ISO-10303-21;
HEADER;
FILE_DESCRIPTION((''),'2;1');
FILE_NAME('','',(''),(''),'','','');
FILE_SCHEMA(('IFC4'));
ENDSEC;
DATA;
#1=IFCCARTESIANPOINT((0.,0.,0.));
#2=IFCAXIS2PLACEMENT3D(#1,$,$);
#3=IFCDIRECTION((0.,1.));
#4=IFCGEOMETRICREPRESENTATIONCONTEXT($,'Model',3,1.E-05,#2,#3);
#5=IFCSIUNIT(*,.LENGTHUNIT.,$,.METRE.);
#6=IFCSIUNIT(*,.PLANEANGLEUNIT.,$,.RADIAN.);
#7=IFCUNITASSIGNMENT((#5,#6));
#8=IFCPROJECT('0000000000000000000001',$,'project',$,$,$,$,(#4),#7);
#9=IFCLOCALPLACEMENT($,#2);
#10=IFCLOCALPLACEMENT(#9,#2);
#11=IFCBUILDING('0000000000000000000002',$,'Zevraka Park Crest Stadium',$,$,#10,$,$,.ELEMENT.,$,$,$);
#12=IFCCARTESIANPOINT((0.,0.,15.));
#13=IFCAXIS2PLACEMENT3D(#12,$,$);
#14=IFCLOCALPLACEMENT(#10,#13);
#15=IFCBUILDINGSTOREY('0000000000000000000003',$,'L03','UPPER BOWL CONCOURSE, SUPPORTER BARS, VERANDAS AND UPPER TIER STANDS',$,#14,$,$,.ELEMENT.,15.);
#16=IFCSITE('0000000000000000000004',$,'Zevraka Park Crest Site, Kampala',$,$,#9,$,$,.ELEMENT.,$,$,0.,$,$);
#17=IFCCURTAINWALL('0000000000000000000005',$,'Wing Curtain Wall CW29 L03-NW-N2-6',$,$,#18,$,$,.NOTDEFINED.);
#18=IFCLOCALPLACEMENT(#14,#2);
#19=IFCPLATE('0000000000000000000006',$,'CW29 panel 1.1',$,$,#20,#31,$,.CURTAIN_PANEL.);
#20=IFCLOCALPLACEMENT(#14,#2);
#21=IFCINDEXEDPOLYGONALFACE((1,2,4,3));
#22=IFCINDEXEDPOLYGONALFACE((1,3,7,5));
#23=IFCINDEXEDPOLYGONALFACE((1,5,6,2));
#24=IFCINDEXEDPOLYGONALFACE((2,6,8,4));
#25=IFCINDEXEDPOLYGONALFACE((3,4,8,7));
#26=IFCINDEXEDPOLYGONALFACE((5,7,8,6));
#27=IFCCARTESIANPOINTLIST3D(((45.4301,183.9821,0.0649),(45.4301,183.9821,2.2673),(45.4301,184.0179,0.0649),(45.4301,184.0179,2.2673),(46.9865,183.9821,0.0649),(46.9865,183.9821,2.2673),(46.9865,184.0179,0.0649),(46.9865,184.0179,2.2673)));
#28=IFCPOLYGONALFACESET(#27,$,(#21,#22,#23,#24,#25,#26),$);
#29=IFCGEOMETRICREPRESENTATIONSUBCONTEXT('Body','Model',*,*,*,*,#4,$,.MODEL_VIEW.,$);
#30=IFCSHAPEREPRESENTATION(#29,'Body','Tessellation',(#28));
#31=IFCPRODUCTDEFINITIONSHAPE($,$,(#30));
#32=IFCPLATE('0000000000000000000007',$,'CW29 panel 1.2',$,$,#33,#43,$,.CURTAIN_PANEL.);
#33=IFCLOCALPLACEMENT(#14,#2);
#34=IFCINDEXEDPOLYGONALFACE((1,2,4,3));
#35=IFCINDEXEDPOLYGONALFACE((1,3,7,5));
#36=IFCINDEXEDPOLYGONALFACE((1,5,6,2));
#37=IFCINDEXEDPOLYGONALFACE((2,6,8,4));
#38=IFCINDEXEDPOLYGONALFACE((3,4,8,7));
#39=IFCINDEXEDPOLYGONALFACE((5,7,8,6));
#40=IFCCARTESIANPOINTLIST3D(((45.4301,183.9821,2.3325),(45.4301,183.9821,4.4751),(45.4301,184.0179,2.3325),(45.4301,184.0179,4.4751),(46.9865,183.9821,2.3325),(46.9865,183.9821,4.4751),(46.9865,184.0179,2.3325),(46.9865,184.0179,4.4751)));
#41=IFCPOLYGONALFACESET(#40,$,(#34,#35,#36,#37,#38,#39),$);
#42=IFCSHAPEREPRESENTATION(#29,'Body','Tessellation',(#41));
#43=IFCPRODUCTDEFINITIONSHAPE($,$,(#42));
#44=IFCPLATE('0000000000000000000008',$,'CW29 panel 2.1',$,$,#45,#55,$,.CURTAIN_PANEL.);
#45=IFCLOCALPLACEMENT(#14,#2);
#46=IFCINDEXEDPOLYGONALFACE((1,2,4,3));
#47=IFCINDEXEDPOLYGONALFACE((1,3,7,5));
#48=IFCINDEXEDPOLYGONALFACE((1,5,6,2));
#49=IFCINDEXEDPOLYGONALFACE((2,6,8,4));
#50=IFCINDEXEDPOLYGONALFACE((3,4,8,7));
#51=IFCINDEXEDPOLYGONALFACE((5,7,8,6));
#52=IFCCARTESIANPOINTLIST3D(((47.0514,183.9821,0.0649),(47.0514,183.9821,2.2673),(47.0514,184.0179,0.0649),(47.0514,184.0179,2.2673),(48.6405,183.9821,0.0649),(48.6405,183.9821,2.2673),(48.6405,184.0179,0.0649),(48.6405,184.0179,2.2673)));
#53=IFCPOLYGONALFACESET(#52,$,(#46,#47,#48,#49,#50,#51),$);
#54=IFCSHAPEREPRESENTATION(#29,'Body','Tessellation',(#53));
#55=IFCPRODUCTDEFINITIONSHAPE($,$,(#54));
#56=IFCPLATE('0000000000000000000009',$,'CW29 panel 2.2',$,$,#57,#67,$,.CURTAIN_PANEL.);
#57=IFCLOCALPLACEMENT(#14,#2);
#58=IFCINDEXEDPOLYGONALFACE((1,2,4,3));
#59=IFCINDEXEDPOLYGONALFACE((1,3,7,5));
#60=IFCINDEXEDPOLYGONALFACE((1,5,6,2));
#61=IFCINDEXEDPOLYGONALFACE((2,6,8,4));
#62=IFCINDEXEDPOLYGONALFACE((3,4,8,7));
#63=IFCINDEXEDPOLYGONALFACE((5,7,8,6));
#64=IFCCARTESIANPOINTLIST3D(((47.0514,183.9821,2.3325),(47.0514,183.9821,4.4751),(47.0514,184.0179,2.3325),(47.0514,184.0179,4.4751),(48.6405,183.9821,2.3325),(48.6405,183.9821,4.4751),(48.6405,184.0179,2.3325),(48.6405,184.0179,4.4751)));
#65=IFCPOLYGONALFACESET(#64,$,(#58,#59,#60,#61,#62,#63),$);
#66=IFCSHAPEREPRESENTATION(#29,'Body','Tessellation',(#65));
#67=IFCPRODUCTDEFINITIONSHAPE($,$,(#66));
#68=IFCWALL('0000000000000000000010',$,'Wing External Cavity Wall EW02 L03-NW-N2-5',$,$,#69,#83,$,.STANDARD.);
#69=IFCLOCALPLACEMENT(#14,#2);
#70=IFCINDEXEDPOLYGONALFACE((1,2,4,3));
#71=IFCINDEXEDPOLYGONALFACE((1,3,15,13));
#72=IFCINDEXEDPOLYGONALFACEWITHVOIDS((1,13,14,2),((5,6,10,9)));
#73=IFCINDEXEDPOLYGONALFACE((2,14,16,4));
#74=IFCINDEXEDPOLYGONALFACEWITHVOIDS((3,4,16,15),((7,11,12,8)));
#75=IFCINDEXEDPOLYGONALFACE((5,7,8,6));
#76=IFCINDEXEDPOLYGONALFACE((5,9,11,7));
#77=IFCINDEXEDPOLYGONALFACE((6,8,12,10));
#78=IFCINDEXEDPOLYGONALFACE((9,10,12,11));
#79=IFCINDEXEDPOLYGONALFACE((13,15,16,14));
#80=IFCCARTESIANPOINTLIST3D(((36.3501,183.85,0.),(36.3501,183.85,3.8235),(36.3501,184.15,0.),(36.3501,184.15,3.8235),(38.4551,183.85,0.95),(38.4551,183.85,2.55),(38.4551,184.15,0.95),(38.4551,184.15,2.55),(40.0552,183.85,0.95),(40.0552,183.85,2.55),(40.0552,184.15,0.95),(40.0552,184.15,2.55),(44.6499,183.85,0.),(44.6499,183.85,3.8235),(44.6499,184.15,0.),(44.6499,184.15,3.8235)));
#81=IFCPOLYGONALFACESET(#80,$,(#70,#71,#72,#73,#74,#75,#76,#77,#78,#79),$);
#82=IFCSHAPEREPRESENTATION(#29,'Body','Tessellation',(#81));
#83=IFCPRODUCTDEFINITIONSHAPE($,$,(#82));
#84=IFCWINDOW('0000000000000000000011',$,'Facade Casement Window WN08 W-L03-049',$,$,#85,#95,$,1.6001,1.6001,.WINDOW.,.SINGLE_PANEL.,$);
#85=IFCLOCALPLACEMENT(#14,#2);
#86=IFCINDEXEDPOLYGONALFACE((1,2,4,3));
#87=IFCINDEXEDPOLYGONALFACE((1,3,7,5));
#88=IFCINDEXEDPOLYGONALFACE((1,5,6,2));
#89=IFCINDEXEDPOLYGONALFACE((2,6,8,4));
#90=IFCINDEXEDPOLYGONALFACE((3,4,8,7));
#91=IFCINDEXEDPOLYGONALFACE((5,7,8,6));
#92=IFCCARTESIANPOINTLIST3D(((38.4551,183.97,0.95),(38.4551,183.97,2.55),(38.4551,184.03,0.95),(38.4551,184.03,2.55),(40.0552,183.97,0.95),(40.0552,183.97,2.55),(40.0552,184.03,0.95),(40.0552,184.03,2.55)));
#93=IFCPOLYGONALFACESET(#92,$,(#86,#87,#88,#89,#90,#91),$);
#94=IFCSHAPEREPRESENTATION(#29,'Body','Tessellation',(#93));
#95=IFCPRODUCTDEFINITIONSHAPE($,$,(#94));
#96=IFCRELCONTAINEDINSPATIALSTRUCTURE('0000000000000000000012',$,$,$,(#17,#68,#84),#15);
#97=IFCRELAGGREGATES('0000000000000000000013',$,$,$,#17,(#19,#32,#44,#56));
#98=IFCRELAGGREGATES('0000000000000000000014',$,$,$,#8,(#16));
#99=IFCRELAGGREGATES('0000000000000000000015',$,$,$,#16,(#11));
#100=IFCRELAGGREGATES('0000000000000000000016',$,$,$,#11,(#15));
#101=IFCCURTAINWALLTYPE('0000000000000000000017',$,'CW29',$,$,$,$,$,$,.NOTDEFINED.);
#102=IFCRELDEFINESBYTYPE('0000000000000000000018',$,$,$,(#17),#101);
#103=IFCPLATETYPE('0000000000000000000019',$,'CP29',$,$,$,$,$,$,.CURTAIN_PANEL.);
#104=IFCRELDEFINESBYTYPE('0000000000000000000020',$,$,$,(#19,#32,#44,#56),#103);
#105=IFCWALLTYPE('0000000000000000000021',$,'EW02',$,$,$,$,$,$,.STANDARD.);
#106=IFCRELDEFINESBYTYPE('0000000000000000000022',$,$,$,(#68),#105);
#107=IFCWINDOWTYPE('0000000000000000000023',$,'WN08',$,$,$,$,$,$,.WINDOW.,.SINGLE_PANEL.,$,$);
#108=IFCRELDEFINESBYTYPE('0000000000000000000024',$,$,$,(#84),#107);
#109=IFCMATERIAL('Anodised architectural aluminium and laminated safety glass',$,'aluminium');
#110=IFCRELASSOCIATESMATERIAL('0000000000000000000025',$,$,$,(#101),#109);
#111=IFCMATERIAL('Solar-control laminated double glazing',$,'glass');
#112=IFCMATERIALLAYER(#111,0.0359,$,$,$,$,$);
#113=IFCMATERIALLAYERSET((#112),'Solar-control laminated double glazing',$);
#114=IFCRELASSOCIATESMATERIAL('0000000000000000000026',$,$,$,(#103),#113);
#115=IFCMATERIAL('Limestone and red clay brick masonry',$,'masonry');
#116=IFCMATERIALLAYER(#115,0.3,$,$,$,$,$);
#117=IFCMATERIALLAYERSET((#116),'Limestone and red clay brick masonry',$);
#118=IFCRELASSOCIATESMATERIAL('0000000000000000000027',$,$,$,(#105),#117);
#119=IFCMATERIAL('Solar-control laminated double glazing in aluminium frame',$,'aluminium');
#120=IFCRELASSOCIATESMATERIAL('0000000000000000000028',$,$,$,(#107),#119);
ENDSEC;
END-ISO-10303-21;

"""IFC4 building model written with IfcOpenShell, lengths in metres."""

from ifc_helpers import new_model, si_unit, direction, frame, frame_2d, origin, origin_2d, place, context, subcontext, project, spatial, rectangle, extrude, material, layer, layer_set, type_object, element, fill, aggregate, save


model = new_model("IFC4")

# Units and contexts
model_context = context("Model", 3, precision=1e-05, world=origin(), true_north=direction((0.0, 1.0)))
body_context = subcontext(model_context, "Body", "Model", "MODEL_VIEW")
ifc_project = project(units=[si_unit("LENGTHUNIT", "METRE"), si_unit("PLANEANGLEUNIT", "RADIAN")], contexts=[model_context])

# Site, building, storey
site_placement = place(None, origin())
site = spatial("IfcSite", under=ifc_project, at=site_placement, Name="Zevraka Park Crest Site, Kampala", CompositionType="ELEMENT", RefElevation=0.0)
building_placement = place(site_placement, origin())
building = spatial("IfcBuilding", under=site, at=building_placement, Name="Zevraka Park Crest Stadium", CompositionType="ELEMENT")
storey_placement = place(building_placement, frame((0.0, 0.0, 15.0)))
storey = spatial("IfcBuildingStorey", under=building, at=storey_placement, Name="L03", Description="UPPER BOWL CONCOURSE, SUPPORTER BARS, VERANDAS AND UPPER TIER STANDS", CompositionType="ELEMENT", Elevation=15.0)

# Curtain wall, plates
ifc_material_1 = material(Name="Anodised architectural aluminium and laminated safety glass", Category="aluminium")
curtain_wall_type = type_object("IfcCurtainWallType", Name="CW29", PredefinedType="NOTDEFINED", material=ifc_material_1)
curtain_wall_placement = place(storey_placement, origin())
curtain_wall = element("IfcCurtainWall", 1, at=curtain_wall_placement, inside=storey, type_object=curtain_wall_type, Name="Wing Curtain Wall CW29 L03-NW-N2-6", PredefinedType="NOTDEFINED")
ifc_material_2 = material(Name="Solar-control laminated double glazing", Category="glass")
ifc_layer_1 = layer(ifc_material_2, 0.0359)
ifc_layer_set_1 = layer_set([ifc_layer_1], Name="Solar-control laminated double glazing")
plate_type = type_object("IfcPlateType", Name="CP29", PredefinedType="CURTAIN_PANEL", material=ifc_layer_set_1)
plate_1_placement = place(storey_placement, frame((46.2083, 184.0, 0.0649), z_axis=(0.0, 0.0, 1.0), x_axis=(1.0, 0.0, 0.0)))
plate_1 = element("IfcPlate", 2, at=plate_1_placement, type_object=plate_type, Name="CW29 panel 1.1", PredefinedType="CURTAIN_PANEL", context=body_context, shape_type="SweptSolid", body=[
    extrude(rectangle(XDim=1.5564, YDim=0.0359, at=origin_2d()), origin(), (0.0, 0.0, 1.0), 2.2024),
])
plate_2_placement = place(storey_placement, frame((46.2083, 184.0, 2.3325), z_axis=(0.0, 0.0, 1.0), x_axis=(1.0, 0.0, 0.0)))
plate_2 = element("IfcPlate", 3, at=plate_2_placement, type_object=plate_type, Name="CW29 panel 1.2", PredefinedType="CURTAIN_PANEL", context=body_context, shape_type="SweptSolid", body=[
    extrude(rectangle(XDim=1.5564, YDim=0.0359, at=origin_2d()), origin(), (0.0, 0.0, 1.0), 2.1426),
])
plate_3_placement = place(storey_placement, frame((47.8459, 184.0, 0.0649), z_axis=(0.0, 0.0, 1.0), x_axis=(1.0, 0.0, 0.0)))
plate_3 = element("IfcPlate", 4, at=plate_3_placement, type_object=plate_type, Name="CW29 panel 2.1", PredefinedType="CURTAIN_PANEL", context=body_context, shape_type="SweptSolid", body=[
    extrude(rectangle(XDim=1.5891, YDim=0.0359, at=origin_2d()), origin(), (0.0, 0.0, 1.0), 2.2024),
])
plate_4_placement = place(storey_placement, frame((47.8459, 184.0, 2.3325), z_axis=(0.0, 0.0, 1.0), x_axis=(1.0, 0.0, 0.0)))
plate_4 = element("IfcPlate", 5, at=plate_4_placement, type_object=plate_type, Name="CW29 panel 2.2", PredefinedType="CURTAIN_PANEL", context=body_context, shape_type="SweptSolid", body=[
    extrude(rectangle(XDim=1.5891, YDim=0.0359, at=origin_2d()), origin(), (0.0, 0.0, 1.0), 2.1426),
])
aggregate(curtain_wall, [plate_1, plate_2, plate_3, plate_4])

# Wall, opening, window
ifc_material_3 = material(Name="Limestone and red clay brick masonry", Category="masonry")
ifc_layer_2 = layer(ifc_material_3, 0.3)
ifc_layer_set_2 = layer_set([ifc_layer_2], Name="Limestone and red clay brick masonry")
wall_type = type_object("IfcWallType", Name="EW02", PredefinedType="STANDARD", material=ifc_layer_set_2)
wall_placement = place(storey_placement, frame((36.3501, 184.0, 0.0), z_axis=(0.0, 0.0, 1.0), x_axis=(1.0, 0.0, 0.0)))
wall = element("IfcWall", 6, at=wall_placement, inside=storey, type_object=wall_type, Name="Wing External Cavity Wall EW02 L03-NW-N2-5", PredefinedType="STANDARD", context=body_context, shape_type="SweptSolid", body=[
    extrude(rectangle(XDim=8.2998, YDim=0.3, at=frame_2d((4.1499, 0.0))), origin(), (0.0, 0.0, 1.0), 3.8235),
])
opening_placement = place(wall_placement, frame((2.105, 0.0, 0.95)))
opening = element("IfcOpeningElement", 7, at=opening_placement, cuts=wall, PredefinedType="OPENING", context=body_context, shape_type="SweptSolid", body=[
    extrude(rectangle(XDim=1.6001, YDim=1.6001, at=frame_2d((0.8, 0.8))), frame((0.0, 0.1599, 0.0), z_axis=(0.0, -1.0, 0.0), x_axis=(1.0, 0.0, 0.0)), (0.0, 0.0, 1.0), 0.3201),
])
ifc_material_4 = material(Name="Solar-control laminated double glazing in aluminium frame", Category="aluminium")
window_type = type_object("IfcWindowType", Name="WN08", PartitioningType="SINGLE_PANEL", PredefinedType="WINDOW", material=ifc_material_4)
window_placement = place(opening_placement, origin())
window = element("IfcWindow", 8, at=window_placement, inside=storey, type_object=window_type, Name="Facade Casement Window WN08 W-L03-049", OverallHeight=1.6001, OverallWidth=1.6001, PartitioningType="SINGLE_PANEL", PredefinedType="WINDOW", context=body_context, shape_type="SweptSolid", body=[
    extrude(rectangle(XDim=1.6001, YDim=1.6001, at=frame_2d((0.8, 0.8))), frame((0.0, 0.03, 0.0), z_axis=(0.0, -1.0, 0.0), x_axis=(1.0, 0.0, 0.0)), (0.0, 0.0, 1.0), 0.0601),
])
fill(opening, window)

save(model, "model.ifc")
